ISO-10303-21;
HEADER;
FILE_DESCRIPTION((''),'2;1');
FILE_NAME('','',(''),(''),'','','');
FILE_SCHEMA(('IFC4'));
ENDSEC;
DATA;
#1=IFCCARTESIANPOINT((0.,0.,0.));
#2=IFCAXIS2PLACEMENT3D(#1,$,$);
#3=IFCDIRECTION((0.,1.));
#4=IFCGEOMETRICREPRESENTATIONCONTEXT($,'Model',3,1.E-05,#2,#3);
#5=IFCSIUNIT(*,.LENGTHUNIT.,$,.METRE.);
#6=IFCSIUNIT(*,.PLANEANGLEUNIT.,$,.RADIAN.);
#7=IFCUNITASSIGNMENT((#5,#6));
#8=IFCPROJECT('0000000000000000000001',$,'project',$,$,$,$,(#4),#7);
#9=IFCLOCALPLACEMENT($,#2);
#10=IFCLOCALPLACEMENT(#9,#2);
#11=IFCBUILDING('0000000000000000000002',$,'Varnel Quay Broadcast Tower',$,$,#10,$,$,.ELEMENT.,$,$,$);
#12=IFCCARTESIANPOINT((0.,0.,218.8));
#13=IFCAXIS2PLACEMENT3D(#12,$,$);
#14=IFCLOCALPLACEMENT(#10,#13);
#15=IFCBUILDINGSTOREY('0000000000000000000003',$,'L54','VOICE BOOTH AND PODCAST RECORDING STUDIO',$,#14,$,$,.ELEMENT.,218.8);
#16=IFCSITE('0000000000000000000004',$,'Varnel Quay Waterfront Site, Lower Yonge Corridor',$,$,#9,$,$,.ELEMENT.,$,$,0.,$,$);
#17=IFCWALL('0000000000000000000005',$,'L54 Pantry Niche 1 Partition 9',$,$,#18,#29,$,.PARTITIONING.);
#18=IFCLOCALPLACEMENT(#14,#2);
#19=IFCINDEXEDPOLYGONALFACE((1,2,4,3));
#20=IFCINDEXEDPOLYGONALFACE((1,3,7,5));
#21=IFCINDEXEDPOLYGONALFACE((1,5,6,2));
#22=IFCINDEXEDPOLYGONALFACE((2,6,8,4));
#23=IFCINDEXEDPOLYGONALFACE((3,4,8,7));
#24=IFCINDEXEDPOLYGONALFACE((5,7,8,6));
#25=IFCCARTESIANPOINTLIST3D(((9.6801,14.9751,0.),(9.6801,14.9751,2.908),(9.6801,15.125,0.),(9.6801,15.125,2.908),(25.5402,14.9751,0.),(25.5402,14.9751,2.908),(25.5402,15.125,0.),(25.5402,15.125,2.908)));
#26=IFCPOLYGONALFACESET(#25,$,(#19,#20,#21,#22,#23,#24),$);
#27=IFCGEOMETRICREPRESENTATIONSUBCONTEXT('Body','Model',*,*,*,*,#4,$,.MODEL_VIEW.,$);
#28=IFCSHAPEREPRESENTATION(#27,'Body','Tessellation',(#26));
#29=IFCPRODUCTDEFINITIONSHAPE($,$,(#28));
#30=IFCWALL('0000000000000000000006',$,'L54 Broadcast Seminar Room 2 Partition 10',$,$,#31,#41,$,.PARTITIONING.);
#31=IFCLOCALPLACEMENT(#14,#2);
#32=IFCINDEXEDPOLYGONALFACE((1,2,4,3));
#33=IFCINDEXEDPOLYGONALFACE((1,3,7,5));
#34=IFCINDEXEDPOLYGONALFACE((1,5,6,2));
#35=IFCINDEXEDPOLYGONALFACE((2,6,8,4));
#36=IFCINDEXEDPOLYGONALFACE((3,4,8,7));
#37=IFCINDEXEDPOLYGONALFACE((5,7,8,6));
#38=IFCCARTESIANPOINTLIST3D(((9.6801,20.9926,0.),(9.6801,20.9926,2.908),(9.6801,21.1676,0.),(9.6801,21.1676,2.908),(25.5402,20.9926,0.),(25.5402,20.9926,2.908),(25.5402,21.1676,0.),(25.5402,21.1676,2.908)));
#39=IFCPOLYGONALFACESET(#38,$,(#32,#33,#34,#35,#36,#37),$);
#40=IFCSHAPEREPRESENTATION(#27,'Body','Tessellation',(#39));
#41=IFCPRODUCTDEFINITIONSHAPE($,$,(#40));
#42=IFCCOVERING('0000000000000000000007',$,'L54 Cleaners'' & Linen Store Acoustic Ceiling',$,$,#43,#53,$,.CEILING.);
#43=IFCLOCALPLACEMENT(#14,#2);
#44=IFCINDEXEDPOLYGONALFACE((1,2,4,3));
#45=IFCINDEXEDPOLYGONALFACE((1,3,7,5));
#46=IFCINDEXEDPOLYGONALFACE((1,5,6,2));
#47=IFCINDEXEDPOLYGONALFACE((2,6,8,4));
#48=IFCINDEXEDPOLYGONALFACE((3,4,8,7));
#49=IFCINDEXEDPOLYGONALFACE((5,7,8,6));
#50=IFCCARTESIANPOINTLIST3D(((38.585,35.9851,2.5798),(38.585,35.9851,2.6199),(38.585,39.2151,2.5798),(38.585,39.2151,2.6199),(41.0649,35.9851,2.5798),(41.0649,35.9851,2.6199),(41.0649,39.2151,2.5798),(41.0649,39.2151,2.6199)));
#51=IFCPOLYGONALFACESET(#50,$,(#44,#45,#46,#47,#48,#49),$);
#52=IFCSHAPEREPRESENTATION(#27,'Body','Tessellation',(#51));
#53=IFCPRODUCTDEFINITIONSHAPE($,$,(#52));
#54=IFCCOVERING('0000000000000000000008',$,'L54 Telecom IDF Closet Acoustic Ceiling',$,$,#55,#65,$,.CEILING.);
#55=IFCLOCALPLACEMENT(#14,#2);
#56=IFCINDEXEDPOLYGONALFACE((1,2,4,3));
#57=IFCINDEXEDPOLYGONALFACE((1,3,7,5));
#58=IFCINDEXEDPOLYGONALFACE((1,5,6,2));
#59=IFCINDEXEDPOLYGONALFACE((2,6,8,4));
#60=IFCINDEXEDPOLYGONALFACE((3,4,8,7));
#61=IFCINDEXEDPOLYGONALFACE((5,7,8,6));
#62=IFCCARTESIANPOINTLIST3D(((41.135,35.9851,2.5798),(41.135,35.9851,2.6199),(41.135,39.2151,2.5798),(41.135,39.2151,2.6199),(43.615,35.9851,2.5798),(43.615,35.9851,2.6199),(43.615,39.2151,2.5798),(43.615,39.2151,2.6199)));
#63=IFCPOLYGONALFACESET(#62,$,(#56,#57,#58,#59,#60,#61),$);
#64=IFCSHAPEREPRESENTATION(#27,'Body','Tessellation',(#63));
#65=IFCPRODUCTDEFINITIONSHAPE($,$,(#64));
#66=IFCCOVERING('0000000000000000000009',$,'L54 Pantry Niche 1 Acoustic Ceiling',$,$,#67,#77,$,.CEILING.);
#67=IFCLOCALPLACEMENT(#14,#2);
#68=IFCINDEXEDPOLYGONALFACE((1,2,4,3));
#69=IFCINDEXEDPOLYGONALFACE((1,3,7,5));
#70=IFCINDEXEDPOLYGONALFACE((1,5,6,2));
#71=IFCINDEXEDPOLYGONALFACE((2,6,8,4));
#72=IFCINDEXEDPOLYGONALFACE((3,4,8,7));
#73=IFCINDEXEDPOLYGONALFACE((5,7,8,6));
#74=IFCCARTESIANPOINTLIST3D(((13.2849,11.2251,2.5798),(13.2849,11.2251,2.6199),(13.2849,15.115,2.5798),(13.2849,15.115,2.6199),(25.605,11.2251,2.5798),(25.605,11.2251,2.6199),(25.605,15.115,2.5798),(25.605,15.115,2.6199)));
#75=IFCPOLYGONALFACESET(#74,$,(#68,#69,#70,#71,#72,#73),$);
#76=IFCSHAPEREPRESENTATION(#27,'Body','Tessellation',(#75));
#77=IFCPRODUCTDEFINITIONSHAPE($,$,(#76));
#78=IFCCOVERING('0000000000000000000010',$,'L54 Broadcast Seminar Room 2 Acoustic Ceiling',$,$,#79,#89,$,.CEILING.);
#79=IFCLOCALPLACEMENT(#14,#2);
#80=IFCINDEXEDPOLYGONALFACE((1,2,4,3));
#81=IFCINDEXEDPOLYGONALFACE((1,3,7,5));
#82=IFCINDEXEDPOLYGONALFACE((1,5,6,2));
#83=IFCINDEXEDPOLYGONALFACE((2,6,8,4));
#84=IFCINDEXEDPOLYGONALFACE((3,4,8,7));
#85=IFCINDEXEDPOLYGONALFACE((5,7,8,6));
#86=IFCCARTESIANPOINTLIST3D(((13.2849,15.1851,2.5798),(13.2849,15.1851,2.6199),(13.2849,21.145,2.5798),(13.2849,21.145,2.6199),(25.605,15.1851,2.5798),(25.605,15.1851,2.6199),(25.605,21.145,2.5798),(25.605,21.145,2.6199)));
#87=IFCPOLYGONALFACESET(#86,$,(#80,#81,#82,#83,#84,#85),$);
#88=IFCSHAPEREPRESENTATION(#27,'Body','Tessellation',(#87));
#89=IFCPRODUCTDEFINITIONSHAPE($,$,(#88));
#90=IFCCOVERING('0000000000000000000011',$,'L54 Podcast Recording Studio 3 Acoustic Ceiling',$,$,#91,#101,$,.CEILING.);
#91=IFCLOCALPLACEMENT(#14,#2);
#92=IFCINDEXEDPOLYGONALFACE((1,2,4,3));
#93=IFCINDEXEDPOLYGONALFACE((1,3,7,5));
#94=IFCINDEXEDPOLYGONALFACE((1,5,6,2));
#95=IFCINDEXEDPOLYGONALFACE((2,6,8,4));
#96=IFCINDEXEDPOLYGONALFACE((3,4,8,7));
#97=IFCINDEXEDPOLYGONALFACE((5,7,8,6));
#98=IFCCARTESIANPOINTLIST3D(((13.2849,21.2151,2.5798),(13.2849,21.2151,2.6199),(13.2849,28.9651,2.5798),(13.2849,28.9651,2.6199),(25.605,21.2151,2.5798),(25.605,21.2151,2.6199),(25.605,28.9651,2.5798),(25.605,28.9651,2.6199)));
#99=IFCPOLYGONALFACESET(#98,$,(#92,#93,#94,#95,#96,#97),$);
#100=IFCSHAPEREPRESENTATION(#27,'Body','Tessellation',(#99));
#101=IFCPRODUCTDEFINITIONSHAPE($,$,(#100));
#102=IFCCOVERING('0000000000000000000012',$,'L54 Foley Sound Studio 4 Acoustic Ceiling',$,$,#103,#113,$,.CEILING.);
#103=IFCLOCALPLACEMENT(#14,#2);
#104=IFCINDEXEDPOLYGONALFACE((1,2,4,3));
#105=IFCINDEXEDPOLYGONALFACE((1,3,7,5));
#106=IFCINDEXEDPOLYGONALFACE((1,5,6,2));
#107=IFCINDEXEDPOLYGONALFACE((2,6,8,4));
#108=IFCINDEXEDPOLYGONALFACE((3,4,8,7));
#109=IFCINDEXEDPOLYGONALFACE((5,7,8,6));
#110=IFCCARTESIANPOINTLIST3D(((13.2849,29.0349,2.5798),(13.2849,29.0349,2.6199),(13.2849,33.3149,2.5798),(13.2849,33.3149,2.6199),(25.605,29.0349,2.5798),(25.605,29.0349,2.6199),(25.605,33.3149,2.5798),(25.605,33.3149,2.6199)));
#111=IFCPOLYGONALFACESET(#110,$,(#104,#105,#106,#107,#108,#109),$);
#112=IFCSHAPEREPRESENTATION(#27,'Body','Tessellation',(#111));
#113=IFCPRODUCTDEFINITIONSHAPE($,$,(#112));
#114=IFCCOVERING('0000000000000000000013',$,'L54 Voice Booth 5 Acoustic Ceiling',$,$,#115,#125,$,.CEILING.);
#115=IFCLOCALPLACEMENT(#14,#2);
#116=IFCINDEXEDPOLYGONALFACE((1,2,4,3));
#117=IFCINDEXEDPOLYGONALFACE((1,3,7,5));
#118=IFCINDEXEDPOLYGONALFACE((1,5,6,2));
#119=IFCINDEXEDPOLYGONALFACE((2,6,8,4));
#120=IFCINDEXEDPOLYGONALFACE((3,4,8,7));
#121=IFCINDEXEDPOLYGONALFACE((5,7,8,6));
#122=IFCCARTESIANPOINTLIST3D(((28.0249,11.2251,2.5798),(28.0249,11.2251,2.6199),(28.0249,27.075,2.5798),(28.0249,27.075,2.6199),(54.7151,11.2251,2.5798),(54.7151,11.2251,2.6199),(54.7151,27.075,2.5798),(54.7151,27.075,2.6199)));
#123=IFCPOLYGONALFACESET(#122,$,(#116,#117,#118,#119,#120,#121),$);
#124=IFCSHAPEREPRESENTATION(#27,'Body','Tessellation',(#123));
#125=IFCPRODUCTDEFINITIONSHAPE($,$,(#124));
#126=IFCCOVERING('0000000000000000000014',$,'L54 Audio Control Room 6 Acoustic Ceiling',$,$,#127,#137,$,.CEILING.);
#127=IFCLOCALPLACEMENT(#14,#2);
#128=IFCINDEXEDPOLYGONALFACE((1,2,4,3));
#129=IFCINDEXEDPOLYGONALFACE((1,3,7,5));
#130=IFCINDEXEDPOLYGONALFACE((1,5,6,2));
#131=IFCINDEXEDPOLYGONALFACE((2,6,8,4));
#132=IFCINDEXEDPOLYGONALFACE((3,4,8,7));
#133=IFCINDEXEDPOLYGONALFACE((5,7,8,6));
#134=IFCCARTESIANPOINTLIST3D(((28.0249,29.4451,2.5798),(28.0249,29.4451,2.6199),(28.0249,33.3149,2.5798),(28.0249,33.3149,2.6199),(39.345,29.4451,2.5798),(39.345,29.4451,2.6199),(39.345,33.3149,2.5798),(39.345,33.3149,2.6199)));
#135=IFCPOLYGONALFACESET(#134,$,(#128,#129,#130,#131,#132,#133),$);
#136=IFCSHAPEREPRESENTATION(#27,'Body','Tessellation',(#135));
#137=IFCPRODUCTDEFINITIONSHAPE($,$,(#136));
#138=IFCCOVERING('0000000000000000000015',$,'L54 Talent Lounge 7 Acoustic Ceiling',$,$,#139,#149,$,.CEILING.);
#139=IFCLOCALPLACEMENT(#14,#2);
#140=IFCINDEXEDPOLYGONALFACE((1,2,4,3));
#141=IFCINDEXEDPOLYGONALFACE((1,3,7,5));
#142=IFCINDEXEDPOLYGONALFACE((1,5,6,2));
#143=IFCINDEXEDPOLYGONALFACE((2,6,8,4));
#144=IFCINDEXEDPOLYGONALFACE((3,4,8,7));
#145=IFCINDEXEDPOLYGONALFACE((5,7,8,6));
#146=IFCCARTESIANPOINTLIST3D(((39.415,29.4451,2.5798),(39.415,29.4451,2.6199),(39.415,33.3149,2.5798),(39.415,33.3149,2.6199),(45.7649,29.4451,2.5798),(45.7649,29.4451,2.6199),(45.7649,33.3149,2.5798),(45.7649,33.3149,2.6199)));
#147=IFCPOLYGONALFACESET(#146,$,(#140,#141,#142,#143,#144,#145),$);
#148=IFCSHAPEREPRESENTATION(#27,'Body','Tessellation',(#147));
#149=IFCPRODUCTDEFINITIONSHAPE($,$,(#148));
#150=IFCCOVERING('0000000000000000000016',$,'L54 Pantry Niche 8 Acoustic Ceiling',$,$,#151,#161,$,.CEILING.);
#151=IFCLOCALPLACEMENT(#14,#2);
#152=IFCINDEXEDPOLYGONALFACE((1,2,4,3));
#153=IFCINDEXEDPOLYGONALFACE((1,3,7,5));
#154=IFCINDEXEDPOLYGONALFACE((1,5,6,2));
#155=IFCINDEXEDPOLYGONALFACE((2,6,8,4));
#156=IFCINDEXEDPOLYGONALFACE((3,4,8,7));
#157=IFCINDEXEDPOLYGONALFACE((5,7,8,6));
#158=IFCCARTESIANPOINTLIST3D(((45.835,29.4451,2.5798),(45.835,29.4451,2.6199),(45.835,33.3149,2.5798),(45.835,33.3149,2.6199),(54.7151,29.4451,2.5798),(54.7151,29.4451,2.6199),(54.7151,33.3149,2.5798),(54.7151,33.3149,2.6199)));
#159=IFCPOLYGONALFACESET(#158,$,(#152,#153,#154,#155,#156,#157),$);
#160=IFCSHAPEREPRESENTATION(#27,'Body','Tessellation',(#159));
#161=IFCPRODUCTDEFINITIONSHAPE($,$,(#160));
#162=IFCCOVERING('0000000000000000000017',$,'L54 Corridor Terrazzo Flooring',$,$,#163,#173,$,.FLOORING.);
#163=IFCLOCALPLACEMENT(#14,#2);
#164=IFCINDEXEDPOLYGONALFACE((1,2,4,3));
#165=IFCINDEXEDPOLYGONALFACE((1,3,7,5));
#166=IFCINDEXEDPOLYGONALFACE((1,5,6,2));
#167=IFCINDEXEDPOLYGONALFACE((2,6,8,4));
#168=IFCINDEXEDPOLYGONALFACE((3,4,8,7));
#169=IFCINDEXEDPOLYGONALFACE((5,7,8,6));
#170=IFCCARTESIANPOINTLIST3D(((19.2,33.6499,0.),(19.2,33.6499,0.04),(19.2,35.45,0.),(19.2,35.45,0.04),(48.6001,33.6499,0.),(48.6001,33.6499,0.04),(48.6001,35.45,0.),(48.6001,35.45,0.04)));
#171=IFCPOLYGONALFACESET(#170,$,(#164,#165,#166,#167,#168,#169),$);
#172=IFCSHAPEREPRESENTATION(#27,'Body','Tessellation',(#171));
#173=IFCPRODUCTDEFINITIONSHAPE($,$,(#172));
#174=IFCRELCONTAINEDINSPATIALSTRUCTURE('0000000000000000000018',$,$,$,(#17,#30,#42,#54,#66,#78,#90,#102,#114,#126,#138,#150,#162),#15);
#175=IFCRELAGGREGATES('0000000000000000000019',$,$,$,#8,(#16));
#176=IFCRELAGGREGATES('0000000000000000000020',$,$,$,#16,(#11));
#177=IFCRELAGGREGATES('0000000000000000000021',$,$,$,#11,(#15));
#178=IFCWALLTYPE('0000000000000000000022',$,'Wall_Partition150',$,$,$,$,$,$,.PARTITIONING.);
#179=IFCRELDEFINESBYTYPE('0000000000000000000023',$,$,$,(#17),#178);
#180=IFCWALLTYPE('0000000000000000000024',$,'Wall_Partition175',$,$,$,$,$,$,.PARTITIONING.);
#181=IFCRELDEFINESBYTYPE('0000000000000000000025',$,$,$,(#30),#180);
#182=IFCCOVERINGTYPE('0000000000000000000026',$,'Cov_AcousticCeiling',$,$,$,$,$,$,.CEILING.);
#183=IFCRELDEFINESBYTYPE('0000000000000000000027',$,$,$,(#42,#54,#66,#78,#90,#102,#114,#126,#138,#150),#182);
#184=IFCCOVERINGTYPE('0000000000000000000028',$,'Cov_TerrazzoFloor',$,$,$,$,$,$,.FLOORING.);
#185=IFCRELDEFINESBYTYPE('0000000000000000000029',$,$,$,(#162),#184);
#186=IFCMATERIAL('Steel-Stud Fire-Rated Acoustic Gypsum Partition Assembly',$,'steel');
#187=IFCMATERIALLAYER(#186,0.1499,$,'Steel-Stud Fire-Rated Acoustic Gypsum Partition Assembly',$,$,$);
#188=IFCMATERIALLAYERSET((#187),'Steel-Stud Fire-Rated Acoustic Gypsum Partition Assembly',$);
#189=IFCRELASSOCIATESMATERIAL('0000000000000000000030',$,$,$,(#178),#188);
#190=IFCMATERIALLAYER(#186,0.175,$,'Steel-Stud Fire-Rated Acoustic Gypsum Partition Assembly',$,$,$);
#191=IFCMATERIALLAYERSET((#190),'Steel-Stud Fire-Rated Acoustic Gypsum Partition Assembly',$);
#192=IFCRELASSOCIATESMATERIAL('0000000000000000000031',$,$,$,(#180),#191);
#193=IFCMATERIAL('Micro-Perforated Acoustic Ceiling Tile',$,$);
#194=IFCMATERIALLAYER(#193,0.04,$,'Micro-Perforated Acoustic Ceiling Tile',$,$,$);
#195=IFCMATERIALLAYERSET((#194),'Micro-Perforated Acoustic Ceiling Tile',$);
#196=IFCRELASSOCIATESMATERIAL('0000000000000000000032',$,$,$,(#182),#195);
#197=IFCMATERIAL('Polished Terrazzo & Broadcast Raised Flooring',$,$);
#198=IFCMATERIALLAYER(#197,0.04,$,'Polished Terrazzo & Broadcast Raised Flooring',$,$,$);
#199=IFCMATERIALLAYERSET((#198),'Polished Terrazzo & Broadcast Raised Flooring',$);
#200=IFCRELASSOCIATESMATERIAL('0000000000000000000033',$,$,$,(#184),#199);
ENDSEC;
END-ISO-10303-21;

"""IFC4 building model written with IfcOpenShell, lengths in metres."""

from ifc_helpers import new_model, si_unit, direction, frame, frame_2d, origin, place, context, subcontext, project, spatial, polyline, rectangle, outline, extrude, material, layer, layer_set, type_object, element, save


model = new_model("IFC4")

# Units and contexts
model_context = context("Model", 3, precision=1e-05, world=origin(), true_north=direction((0.0, 1.0)))
body_context = subcontext(model_context, "Body", "Model", "MODEL_VIEW")
ifc_project = project(units=[si_unit("LENGTHUNIT", "METRE"), si_unit("PLANEANGLEUNIT", "RADIAN")], contexts=[model_context])

# Site, building, storey
site_placement = place(None, origin())
site = spatial("IfcSite", under=ifc_project, at=site_placement, Name="Varnel Quay Waterfront Site, Lower Yonge Corridor", CompositionType="ELEMENT", RefElevation=0.0)
building_placement = place(site_placement, origin())
building = spatial("IfcBuilding", under=site, at=building_placement, Name="Varnel Quay Broadcast Tower", CompositionType="ELEMENT")
storey_placement = place(building_placement, frame((0.0, 0.0, 218.8)))
storey = spatial("IfcBuildingStorey", under=building, at=storey_placement, Name="L54", Description="VOICE BOOTH AND PODCAST RECORDING STUDIO", CompositionType="ELEMENT", Elevation=218.8)

# Walls
ifc_material_1 = material(Name="Steel-Stud Fire-Rated Acoustic Gypsum Partition Assembly", Category="steel")
ifc_layer_1 = layer(ifc_material_1, 0.1499, Name="Steel-Stud Fire-Rated Acoustic Gypsum Partition Assembly")
ifc_layer_set_1 = layer_set([ifc_layer_1], Name="Steel-Stud Fire-Rated Acoustic Gypsum Partition Assembly")
wall_type_1 = type_object("IfcWallType", Name="Wall_Partition150", PredefinedType="PARTITIONING", material=ifc_layer_set_1)
wall_1_placement = place(storey_placement, frame((9.6799, 15.05, 0.0), z_axis=(0.0, 0.0, 1.0), x_axis=(1.0, 0.0, 0.0)))
element("IfcWall", 1, at=wall_1_placement, inside=storey, type_object=wall_type_1, Name="L54 Pantry Niche 1 Partition 9", PredefinedType="PARTITIONING", context=body_context, shape_type="SweptSolid", body=[
    extrude(rectangle(XDim=15.8601, YDim=0.1499, at=frame_2d((7.9302, 0.0))), origin(), (0.0, 0.0, 1.0), 2.908),
])
ifc_layer_2 = layer(ifc_material_1, 0.175, Name="Steel-Stud Fire-Rated Acoustic Gypsum Partition Assembly")
ifc_layer_set_2 = layer_set([ifc_layer_2], Name="Steel-Stud Fire-Rated Acoustic Gypsum Partition Assembly")
wall_type_2 = type_object("IfcWallType", Name="Wall_Partition175", PredefinedType="PARTITIONING", material=ifc_layer_set_2)
wall_2_placement = place(storey_placement, frame((9.6799, 21.0801, 0.0), z_axis=(0.0, 0.0, 1.0), x_axis=(1.0, 0.0, 0.0)))
element("IfcWall", 2, at=wall_2_placement, inside=storey, type_object=wall_type_2, Name="L54 Broadcast Seminar Room 2 Partition 10", PredefinedType="PARTITIONING", context=body_context, shape_type="SweptSolid", body=[
    extrude(rectangle(XDim=15.8601, YDim=0.175, at=frame_2d((7.9302, 0.0))), origin(), (0.0, 0.0, 1.0), 2.908),
])

# Coverings
ifc_material_2 = material(Name="Micro-Perforated Acoustic Ceiling Tile")
ifc_layer_3 = layer(ifc_material_2, 0.04, Name="Micro-Perforated Acoustic Ceiling Tile")
ifc_layer_set_3 = layer_set([ifc_layer_3], Name="Micro-Perforated Acoustic Ceiling Tile")
covering_type_1 = type_object("IfcCoveringType", Name="Cov_AcousticCeiling", PredefinedType="CEILING", material=ifc_layer_set_3)
covering_1_placement = place(storey_placement, frame((0.0, 0.0, 2.5798)))
element("IfcCovering", 3, at=covering_1_placement, inside=storey, type_object=covering_type_1, Name="L54 Cleaners' & Linen Store Acoustic Ceiling", PredefinedType="CEILING", context=body_context, shape_type="SweptSolid", body=[
    extrude(outline(polyline([(38.585, 35.9851), (41.0649, 35.9851), (41.0649, 39.2151), (38.585, 39.2151), (38.585, 35.9851)])), origin(), (0.0, 0.0, 1.0), 0.04),
])
covering_2_placement = place(storey_placement, frame((0.0, 0.0, 2.5798)))
element("IfcCovering", 4, at=covering_2_placement, inside=storey, type_object=covering_type_1, Name="L54 Telecom IDF Closet Acoustic Ceiling", PredefinedType="CEILING", context=body_context, shape_type="SweptSolid", body=[
    extrude(outline(polyline([(41.135, 35.9851), (43.615, 35.9851), (43.615, 39.2151), (41.135, 39.2151), (41.135, 35.9851)])), origin(), (0.0, 0.0, 1.0), 0.04),
])
covering_3_placement = place(storey_placement, frame((0.0, 0.0, 2.5798)))
element("IfcCovering", 5, at=covering_3_placement, inside=storey, type_object=covering_type_1, Name="L54 Pantry Niche 1 Acoustic Ceiling", PredefinedType="CEILING", context=body_context, shape_type="SweptSolid", body=[
    extrude(outline(polyline([(13.2849, 11.2251), (25.605, 11.2251), (25.605, 15.115), (13.2849, 15.115), (13.2849, 11.2251)])), origin(), (0.0, 0.0, 1.0), 0.04),
])
covering_4_placement = place(storey_placement, frame((0.0, 0.0, 2.5798)))
element("IfcCovering", 6, at=covering_4_placement, inside=storey, type_object=covering_type_1, Name="L54 Broadcast Seminar Room 2 Acoustic Ceiling", PredefinedType="CEILING", context=body_context, shape_type="SweptSolid", body=[
    extrude(outline(polyline([(13.2849, 15.1851), (25.605, 15.1851), (25.605, 21.145), (13.2849, 21.145), (13.2849, 15.1851)])), origin(), (0.0, 0.0, 1.0), 0.04),
])
covering_5_placement = place(storey_placement, frame((0.0, 0.0, 2.5798)))
element("IfcCovering", 7, at=covering_5_placement, inside=storey, type_object=covering_type_1, Name="L54 Podcast Recording Studio 3 Acoustic Ceiling", PredefinedType="CEILING", context=body_context, shape_type="SweptSolid", body=[
    extrude(outline(polyline([(13.2849, 21.2151), (25.605, 21.2151), (25.605, 28.9651), (13.2849, 28.9651), (13.2849, 21.2151)])), origin(), (0.0, 0.0, 1.0), 0.04),
])
covering_6_placement = place(storey_placement, frame((0.0, 0.0, 2.5798)))
element("IfcCovering", 8, at=covering_6_placement, inside=storey, type_object=covering_type_1, Name="L54 Foley Sound Studio 4 Acoustic Ceiling", PredefinedType="CEILING", context=body_context, shape_type="SweptSolid", body=[
    extrude(outline(polyline([(13.2849, 29.0349), (25.605, 29.0349), (25.605, 33.3149), (13.2849, 33.3149), (13.2849, 29.0349)])), origin(), (0.0, 0.0, 1.0), 0.04),
])
covering_7_placement = place(storey_placement, frame((0.0, 0.0, 2.5798)))
element("IfcCovering", 9, at=covering_7_placement, inside=storey, type_object=covering_type_1, Name="L54 Voice Booth 5 Acoustic Ceiling", PredefinedType="CEILING", context=body_context, shape_type="SweptSolid", body=[
    extrude(outline(polyline([(28.0249, 11.2251), (54.7151, 11.2251), (54.7151, 27.075), (28.0249, 27.075), (28.0249, 11.2251)])), origin(), (0.0, 0.0, 1.0), 0.04),
])
covering_8_placement = place(storey_placement, frame((0.0, 0.0, 2.5798)))
element("IfcCovering", 10, at=covering_8_placement, inside=storey, type_object=covering_type_1, Name="L54 Audio Control Room 6 Acoustic Ceiling", PredefinedType="CEILING", context=body_context, shape_type="SweptSolid", body=[
    extrude(outline(polyline([(28.0249, 29.4451), (39.345, 29.4451), (39.345, 33.3149), (28.0249, 33.3149), (28.0249, 29.4451)])), origin(), (0.0, 0.0, 1.0), 0.04),
])
covering_9_placement = place(storey_placement, frame((0.0, 0.0, 2.5798)))
element("IfcCovering", 11, at=covering_9_placement, inside=storey, type_object=covering_type_1, Name="L54 Talent Lounge 7 Acoustic Ceiling", PredefinedType="CEILING", context=body_context, shape_type="SweptSolid", body=[
    extrude(outline(polyline([(39.415, 29.4451), (45.7649, 29.4451), (45.7649, 33.3149), (39.415, 33.3149), (39.415, 29.4451)])), origin(), (0.0, 0.0, 1.0), 0.04),
])
covering_10_placement = place(storey_placement, frame((0.0, 0.0, 2.5798)))
element("IfcCovering", 12, at=covering_10_placement, inside=storey, type_object=covering_type_1, Name="L54 Pantry Niche 8 Acoustic Ceiling", PredefinedType="CEILING", context=body_context, shape_type="SweptSolid", body=[
    extrude(outline(polyline([(45.835, 29.4451), (54.7151, 29.4451), (54.7151, 33.3149), (45.835, 33.3149), (45.835, 29.4451)])), origin(), (0.0, 0.0, 1.0), 0.04),
])
ifc_material_3 = material(Name="Polished Terrazzo & Broadcast Raised Flooring")
ifc_layer_4 = layer(ifc_material_3, 0.04, Name="Polished Terrazzo & Broadcast Raised Flooring")
ifc_layer_set_4 = layer_set([ifc_layer_4], Name="Polished Terrazzo & Broadcast Raised Flooring")
covering_type_2 = type_object("IfcCoveringType", Name="Cov_TerrazzoFloor", PredefinedType="FLOORING", material=ifc_layer_set_4)
covering_11_placement = place(storey_placement, origin())
element("IfcCovering", 13, at=covering_11_placement, inside=storey, type_object=covering_type_2, Name="L54 Corridor Terrazzo Flooring", PredefinedType="FLOORING", context=body_context, shape_type="SweptSolid", body=[
    extrude(outline(polyline([(19.2, 33.6499), (48.6001, 33.6499), (48.6001, 35.45), (19.2, 35.45), (19.2, 33.6499)])), origin(), (0.0, 0.0, 1.0), 0.04),
])

save(model, "model.ifc")
